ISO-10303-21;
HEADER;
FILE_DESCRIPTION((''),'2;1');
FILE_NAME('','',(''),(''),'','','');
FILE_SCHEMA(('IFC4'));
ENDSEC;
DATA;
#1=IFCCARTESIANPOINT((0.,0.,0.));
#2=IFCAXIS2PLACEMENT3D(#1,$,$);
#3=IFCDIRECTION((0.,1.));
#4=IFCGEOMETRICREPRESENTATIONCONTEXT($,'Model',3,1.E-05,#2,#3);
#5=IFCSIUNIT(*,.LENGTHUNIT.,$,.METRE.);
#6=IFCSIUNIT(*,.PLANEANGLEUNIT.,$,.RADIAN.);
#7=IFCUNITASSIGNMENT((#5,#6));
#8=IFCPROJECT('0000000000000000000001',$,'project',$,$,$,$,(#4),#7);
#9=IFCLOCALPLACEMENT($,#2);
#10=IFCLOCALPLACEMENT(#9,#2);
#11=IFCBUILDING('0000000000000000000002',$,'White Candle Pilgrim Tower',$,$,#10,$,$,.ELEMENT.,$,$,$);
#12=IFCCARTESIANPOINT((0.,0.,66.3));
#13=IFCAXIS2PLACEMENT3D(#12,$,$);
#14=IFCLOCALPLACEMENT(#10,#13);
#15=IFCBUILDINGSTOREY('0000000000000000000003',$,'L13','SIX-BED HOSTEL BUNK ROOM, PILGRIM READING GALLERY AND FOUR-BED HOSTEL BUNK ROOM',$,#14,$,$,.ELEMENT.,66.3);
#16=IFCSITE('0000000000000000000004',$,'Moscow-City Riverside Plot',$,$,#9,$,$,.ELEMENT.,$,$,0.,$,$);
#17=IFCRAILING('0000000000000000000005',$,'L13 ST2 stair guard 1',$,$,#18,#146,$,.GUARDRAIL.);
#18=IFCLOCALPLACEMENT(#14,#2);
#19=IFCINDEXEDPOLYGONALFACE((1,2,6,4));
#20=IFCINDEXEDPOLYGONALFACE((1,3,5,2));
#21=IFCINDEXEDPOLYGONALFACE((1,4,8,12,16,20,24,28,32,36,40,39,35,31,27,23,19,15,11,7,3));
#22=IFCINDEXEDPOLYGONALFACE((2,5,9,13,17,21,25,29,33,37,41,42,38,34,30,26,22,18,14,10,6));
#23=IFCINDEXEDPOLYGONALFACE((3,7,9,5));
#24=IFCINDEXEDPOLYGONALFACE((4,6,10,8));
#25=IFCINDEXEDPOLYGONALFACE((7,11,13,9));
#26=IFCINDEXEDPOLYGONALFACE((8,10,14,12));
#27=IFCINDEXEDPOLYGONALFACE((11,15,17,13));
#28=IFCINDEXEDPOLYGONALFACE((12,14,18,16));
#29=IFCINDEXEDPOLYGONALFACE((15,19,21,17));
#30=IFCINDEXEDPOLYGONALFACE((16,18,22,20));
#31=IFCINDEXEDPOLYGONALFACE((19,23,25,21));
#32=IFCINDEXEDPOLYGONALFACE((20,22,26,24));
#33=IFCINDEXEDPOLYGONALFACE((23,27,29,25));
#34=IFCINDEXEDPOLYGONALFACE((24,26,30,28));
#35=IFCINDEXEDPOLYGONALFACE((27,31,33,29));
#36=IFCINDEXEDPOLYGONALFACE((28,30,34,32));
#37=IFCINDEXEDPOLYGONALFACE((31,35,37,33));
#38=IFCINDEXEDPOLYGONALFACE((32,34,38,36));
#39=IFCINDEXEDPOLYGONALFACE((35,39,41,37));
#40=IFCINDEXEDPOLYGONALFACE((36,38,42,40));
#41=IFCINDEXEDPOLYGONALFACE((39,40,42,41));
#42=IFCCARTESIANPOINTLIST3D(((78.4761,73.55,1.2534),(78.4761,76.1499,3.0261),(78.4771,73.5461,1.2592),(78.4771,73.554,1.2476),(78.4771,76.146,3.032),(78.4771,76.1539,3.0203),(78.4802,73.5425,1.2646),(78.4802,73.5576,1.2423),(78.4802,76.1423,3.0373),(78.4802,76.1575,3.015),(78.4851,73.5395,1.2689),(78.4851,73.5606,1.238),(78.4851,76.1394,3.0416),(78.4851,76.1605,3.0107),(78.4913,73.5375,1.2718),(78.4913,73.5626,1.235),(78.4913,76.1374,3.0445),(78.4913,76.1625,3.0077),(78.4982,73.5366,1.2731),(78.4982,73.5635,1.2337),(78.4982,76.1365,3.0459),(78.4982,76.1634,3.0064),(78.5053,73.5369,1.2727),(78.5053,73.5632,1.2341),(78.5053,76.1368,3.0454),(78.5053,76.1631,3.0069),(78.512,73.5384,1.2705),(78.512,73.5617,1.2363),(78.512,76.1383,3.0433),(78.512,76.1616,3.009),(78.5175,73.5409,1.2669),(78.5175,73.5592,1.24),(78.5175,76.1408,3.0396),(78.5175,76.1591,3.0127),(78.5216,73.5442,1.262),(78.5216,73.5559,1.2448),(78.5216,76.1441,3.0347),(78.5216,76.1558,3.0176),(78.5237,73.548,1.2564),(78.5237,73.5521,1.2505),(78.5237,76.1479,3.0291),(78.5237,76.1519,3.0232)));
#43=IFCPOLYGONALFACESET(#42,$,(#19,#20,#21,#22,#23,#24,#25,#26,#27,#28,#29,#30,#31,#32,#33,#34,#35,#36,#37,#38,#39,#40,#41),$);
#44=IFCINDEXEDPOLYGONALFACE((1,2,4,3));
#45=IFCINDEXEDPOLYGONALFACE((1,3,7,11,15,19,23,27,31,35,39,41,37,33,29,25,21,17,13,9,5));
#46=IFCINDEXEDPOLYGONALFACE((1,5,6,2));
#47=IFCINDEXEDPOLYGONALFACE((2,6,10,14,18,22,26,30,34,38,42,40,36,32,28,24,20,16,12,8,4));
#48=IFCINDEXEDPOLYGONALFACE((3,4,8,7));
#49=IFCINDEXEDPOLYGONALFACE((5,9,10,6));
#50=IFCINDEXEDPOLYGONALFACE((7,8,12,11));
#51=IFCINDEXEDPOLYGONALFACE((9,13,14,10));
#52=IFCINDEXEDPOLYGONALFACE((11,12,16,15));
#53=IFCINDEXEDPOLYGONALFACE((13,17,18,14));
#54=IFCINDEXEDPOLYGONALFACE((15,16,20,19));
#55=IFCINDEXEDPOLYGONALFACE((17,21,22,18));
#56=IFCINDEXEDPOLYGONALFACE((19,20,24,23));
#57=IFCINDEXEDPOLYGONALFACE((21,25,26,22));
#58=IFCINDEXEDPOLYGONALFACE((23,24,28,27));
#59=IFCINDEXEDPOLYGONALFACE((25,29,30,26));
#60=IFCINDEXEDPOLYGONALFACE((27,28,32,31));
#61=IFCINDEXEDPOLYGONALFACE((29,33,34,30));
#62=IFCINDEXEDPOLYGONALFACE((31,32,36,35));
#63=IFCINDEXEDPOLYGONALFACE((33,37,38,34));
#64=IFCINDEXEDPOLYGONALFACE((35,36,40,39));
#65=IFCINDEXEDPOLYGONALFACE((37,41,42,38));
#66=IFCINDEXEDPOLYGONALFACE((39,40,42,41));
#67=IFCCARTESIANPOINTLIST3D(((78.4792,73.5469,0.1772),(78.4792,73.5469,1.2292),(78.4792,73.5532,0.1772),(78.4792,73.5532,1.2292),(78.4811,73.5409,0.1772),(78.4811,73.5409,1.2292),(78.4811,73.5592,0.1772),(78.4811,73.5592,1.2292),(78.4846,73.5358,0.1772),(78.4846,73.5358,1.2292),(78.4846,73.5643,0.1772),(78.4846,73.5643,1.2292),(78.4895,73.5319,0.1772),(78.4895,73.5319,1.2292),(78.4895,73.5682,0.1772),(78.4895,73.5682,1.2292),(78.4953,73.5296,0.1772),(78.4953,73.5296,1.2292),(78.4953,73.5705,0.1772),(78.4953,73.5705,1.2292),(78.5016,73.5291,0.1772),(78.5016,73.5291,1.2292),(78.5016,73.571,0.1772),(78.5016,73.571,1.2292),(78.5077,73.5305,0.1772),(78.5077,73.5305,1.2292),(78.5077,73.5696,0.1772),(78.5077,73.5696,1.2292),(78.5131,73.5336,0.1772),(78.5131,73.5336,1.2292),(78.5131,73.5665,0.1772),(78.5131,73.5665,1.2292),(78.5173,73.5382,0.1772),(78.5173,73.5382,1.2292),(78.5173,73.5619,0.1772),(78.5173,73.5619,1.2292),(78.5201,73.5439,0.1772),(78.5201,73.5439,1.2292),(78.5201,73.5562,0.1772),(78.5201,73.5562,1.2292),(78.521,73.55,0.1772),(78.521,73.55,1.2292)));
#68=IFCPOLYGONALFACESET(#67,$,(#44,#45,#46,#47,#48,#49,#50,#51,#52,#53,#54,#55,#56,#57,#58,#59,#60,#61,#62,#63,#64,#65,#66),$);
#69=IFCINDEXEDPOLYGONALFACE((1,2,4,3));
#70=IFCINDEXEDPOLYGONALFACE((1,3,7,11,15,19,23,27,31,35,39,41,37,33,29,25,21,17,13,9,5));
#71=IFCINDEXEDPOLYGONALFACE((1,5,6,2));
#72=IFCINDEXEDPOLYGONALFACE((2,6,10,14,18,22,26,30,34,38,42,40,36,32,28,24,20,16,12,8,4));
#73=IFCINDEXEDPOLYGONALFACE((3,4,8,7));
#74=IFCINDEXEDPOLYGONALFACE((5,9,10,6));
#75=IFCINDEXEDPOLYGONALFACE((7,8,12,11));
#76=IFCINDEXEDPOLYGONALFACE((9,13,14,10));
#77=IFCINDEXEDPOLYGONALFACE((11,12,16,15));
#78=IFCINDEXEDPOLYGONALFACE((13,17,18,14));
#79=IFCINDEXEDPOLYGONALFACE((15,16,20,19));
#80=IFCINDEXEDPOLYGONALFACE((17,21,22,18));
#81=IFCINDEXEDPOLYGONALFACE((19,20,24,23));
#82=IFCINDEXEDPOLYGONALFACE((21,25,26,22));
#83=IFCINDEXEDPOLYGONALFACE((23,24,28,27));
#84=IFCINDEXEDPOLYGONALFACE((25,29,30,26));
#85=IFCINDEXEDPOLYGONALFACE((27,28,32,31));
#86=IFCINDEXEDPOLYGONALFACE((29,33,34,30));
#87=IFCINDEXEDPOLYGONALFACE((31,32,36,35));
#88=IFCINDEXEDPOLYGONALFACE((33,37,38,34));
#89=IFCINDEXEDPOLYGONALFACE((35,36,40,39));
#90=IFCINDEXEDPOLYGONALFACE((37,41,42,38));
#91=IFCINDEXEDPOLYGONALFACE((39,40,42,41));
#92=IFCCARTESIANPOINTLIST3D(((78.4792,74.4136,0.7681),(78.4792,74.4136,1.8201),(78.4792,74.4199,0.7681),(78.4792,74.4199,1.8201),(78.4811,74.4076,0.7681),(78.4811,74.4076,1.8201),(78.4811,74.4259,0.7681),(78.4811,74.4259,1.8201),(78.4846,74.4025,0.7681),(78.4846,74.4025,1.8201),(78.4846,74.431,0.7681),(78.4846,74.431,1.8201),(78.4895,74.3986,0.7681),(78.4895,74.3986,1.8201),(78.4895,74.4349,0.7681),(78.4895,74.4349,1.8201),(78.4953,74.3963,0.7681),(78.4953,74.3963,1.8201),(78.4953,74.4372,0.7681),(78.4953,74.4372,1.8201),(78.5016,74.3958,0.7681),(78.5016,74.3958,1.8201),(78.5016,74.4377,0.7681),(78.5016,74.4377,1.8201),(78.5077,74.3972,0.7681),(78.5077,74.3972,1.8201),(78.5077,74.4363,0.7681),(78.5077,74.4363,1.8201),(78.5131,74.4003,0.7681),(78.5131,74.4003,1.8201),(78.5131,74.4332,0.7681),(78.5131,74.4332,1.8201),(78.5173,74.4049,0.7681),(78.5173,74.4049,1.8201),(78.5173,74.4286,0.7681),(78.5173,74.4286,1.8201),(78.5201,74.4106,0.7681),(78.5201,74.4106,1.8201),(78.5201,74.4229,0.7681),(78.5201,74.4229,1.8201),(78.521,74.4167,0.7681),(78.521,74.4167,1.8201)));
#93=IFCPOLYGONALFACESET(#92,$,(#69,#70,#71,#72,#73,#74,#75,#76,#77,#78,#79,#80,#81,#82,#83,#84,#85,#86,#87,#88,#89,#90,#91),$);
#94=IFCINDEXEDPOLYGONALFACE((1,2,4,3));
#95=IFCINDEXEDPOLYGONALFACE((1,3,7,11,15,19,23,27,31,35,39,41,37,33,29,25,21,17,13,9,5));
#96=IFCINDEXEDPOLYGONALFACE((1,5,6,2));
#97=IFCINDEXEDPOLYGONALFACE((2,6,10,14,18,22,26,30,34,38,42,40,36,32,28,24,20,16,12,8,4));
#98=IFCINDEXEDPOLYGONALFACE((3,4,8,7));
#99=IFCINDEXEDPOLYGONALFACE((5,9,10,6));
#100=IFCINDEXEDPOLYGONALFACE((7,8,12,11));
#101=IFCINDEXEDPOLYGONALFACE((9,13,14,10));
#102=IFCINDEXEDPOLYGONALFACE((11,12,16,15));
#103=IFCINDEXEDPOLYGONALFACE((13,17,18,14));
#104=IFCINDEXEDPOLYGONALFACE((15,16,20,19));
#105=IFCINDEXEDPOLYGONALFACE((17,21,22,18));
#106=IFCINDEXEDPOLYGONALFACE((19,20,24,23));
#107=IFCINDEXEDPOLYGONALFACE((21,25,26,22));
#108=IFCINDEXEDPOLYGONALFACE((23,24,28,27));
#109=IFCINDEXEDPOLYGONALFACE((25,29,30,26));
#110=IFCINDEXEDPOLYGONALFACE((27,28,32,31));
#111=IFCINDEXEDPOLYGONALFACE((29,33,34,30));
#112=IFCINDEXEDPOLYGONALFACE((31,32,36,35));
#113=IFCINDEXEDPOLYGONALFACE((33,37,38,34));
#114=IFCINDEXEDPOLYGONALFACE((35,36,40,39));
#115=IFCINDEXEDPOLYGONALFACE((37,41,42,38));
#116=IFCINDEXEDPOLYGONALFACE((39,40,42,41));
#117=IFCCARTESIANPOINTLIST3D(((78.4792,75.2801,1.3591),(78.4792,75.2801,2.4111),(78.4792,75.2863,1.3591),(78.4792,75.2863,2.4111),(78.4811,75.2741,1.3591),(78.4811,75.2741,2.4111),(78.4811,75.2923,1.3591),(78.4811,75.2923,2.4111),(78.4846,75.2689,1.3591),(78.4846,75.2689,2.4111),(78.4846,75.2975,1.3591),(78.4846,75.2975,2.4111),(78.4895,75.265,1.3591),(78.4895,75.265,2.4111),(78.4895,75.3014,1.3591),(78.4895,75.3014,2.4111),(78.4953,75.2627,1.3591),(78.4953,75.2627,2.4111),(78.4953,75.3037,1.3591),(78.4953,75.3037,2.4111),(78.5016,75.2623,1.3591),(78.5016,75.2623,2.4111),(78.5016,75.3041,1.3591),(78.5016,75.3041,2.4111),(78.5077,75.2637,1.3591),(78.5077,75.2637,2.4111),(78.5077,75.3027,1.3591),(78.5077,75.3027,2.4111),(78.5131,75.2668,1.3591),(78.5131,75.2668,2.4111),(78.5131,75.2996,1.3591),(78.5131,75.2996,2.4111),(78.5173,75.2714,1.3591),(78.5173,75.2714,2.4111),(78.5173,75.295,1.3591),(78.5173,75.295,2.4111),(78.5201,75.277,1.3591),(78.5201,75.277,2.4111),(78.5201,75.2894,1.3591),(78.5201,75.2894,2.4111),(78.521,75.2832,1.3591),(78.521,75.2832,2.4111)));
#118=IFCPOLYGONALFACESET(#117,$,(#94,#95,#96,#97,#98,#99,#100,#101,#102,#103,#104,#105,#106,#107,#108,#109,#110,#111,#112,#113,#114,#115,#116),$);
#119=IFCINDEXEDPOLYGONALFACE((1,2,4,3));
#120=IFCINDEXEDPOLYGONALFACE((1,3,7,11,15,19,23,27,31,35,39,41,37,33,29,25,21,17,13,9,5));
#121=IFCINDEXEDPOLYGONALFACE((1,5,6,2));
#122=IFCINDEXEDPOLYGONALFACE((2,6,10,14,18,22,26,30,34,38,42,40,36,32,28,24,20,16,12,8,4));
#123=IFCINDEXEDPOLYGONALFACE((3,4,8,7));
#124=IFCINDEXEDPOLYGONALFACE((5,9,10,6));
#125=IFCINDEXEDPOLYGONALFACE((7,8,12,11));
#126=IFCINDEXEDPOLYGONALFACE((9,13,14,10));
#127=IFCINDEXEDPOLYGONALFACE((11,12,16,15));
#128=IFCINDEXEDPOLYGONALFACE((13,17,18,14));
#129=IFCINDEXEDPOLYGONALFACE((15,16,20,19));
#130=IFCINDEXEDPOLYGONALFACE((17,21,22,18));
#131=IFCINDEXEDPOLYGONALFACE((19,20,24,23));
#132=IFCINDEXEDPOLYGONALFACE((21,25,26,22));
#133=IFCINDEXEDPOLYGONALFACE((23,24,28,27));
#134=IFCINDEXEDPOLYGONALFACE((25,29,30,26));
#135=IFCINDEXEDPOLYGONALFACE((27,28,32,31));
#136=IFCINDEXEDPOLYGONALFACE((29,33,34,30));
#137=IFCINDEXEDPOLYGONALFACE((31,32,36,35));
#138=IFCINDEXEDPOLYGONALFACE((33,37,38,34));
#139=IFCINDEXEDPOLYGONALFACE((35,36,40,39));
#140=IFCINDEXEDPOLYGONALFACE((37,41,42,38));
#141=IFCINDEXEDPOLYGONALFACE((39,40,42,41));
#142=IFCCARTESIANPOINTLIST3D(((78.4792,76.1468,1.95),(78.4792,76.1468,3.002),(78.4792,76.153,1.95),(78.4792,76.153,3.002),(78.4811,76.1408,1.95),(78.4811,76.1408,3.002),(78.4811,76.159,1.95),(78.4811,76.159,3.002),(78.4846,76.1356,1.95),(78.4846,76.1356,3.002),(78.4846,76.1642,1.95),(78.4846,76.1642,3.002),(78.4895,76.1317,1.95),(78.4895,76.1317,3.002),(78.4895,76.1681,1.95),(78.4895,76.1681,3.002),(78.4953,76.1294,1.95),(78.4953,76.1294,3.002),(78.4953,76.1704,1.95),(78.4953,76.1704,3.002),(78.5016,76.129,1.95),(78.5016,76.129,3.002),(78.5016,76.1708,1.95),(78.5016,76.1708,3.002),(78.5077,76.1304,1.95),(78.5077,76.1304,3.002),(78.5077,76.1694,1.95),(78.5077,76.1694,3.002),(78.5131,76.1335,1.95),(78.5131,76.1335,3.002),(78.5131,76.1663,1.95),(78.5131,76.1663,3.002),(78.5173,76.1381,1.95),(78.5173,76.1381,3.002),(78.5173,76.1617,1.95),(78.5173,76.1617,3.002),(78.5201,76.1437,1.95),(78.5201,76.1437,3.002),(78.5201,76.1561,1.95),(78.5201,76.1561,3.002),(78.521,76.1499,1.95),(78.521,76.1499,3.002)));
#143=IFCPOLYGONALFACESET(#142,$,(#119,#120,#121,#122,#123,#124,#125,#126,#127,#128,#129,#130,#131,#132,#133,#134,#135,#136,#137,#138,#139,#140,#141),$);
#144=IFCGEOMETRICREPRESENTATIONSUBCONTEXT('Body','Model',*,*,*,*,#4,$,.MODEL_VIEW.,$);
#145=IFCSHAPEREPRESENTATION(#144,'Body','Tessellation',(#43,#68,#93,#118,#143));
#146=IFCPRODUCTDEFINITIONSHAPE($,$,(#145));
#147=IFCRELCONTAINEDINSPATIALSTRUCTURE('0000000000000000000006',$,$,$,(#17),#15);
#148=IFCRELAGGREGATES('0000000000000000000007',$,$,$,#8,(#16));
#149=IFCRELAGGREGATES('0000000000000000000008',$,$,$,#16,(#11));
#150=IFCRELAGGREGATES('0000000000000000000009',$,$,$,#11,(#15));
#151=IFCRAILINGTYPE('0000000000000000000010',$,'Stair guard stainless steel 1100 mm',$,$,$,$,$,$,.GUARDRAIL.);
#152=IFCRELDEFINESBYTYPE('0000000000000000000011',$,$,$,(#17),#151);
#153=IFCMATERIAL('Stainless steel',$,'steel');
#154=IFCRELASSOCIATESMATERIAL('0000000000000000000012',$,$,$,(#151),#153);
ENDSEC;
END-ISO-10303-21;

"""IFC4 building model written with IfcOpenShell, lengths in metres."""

from ifc_helpers import new_model, si_unit, direction, frame, origin, origin_2d, place, context, subcontext, project, spatial, circle, extrude, material, type_object, element, save


model = new_model("IFC4")

# Units and contexts
model_context = context("Model", 3, precision=1e-05, world=origin(), true_north=direction((0.0, 1.0)))
body_context = subcontext(model_context, "Body", "Model", "MODEL_VIEW")
ifc_project = project(units=[si_unit("LENGTHUNIT", "METRE"), si_unit("PLANEANGLEUNIT", "RADIAN")], contexts=[model_context])

# Site, building, storey
site_placement = place(None, origin())
site = spatial("IfcSite", under=ifc_project, at=site_placement, Name="Moscow-City Riverside Plot", CompositionType="ELEMENT", RefElevation=0.0)
building_placement = place(site_placement, origin())
building = spatial("IfcBuilding", under=site, at=building_placement, Name="White Candle Pilgrim Tower", CompositionType="ELEMENT")
storey_placement = place(building_placement, frame((0.0, 0.0, 66.3)))
storey = spatial("IfcBuildingStorey", under=building, at=storey_placement, Name="L13", Description="SIX-BED HOSTEL BUNK ROOM, PILGRIM READING GALLERY AND FOUR-BED HOSTEL BUNK ROOM", CompositionType="ELEMENT", Elevation=66.3)

# Railing
ifc_material_1 = material(Name="Stainless steel", Category="steel")
railing_type_1 = type_object("IfcRailingType", Name="Stair guard stainless steel 1100 mm", PredefinedType="GUARDRAIL", material=ifc_material_1)
railing_1_placement = place(storey_placement, frame((78.5, 73.55, 0.1772)))
element("IfcRailing", 1, at=railing_1_placement, inside=storey, type_object=railing_type_1, Name="L13 ST2 stair guard 1", PredefinedType="GUARDRAIL", context=body_context, shape_type="SweptSolid", body=[
    extrude(circle(Radius=0.0239, at=origin_2d()), frame((0.0, 0.0, 1.0762), z_axis=(0.0, 0.826216, 0.563354), x_axis=(-1.0, 0.0, 0.0)), (0.0, 0.0, 1.0), 3.1467),
    extrude(circle(Radius=0.021, at=origin_2d()), origin(), (0.0, 0.0, 1.0), 1.052),
    extrude(circle(Radius=0.021, at=origin_2d()), frame((0.0, 0.8667, 0.5908)), (0.0, 0.0, 1.0), 1.052),
    extrude(circle(Radius=0.021, at=origin_2d()), frame((0.0, 1.7332, 1.1819)), (0.0, 0.0, 1.0), 1.052),
    extrude(circle(Radius=0.021, at=origin_2d()), frame((0.0, 2.5999, 1.7727)), (0.0, 0.0, 1.0), 1.052),
])

save(model, "model.ifc")
